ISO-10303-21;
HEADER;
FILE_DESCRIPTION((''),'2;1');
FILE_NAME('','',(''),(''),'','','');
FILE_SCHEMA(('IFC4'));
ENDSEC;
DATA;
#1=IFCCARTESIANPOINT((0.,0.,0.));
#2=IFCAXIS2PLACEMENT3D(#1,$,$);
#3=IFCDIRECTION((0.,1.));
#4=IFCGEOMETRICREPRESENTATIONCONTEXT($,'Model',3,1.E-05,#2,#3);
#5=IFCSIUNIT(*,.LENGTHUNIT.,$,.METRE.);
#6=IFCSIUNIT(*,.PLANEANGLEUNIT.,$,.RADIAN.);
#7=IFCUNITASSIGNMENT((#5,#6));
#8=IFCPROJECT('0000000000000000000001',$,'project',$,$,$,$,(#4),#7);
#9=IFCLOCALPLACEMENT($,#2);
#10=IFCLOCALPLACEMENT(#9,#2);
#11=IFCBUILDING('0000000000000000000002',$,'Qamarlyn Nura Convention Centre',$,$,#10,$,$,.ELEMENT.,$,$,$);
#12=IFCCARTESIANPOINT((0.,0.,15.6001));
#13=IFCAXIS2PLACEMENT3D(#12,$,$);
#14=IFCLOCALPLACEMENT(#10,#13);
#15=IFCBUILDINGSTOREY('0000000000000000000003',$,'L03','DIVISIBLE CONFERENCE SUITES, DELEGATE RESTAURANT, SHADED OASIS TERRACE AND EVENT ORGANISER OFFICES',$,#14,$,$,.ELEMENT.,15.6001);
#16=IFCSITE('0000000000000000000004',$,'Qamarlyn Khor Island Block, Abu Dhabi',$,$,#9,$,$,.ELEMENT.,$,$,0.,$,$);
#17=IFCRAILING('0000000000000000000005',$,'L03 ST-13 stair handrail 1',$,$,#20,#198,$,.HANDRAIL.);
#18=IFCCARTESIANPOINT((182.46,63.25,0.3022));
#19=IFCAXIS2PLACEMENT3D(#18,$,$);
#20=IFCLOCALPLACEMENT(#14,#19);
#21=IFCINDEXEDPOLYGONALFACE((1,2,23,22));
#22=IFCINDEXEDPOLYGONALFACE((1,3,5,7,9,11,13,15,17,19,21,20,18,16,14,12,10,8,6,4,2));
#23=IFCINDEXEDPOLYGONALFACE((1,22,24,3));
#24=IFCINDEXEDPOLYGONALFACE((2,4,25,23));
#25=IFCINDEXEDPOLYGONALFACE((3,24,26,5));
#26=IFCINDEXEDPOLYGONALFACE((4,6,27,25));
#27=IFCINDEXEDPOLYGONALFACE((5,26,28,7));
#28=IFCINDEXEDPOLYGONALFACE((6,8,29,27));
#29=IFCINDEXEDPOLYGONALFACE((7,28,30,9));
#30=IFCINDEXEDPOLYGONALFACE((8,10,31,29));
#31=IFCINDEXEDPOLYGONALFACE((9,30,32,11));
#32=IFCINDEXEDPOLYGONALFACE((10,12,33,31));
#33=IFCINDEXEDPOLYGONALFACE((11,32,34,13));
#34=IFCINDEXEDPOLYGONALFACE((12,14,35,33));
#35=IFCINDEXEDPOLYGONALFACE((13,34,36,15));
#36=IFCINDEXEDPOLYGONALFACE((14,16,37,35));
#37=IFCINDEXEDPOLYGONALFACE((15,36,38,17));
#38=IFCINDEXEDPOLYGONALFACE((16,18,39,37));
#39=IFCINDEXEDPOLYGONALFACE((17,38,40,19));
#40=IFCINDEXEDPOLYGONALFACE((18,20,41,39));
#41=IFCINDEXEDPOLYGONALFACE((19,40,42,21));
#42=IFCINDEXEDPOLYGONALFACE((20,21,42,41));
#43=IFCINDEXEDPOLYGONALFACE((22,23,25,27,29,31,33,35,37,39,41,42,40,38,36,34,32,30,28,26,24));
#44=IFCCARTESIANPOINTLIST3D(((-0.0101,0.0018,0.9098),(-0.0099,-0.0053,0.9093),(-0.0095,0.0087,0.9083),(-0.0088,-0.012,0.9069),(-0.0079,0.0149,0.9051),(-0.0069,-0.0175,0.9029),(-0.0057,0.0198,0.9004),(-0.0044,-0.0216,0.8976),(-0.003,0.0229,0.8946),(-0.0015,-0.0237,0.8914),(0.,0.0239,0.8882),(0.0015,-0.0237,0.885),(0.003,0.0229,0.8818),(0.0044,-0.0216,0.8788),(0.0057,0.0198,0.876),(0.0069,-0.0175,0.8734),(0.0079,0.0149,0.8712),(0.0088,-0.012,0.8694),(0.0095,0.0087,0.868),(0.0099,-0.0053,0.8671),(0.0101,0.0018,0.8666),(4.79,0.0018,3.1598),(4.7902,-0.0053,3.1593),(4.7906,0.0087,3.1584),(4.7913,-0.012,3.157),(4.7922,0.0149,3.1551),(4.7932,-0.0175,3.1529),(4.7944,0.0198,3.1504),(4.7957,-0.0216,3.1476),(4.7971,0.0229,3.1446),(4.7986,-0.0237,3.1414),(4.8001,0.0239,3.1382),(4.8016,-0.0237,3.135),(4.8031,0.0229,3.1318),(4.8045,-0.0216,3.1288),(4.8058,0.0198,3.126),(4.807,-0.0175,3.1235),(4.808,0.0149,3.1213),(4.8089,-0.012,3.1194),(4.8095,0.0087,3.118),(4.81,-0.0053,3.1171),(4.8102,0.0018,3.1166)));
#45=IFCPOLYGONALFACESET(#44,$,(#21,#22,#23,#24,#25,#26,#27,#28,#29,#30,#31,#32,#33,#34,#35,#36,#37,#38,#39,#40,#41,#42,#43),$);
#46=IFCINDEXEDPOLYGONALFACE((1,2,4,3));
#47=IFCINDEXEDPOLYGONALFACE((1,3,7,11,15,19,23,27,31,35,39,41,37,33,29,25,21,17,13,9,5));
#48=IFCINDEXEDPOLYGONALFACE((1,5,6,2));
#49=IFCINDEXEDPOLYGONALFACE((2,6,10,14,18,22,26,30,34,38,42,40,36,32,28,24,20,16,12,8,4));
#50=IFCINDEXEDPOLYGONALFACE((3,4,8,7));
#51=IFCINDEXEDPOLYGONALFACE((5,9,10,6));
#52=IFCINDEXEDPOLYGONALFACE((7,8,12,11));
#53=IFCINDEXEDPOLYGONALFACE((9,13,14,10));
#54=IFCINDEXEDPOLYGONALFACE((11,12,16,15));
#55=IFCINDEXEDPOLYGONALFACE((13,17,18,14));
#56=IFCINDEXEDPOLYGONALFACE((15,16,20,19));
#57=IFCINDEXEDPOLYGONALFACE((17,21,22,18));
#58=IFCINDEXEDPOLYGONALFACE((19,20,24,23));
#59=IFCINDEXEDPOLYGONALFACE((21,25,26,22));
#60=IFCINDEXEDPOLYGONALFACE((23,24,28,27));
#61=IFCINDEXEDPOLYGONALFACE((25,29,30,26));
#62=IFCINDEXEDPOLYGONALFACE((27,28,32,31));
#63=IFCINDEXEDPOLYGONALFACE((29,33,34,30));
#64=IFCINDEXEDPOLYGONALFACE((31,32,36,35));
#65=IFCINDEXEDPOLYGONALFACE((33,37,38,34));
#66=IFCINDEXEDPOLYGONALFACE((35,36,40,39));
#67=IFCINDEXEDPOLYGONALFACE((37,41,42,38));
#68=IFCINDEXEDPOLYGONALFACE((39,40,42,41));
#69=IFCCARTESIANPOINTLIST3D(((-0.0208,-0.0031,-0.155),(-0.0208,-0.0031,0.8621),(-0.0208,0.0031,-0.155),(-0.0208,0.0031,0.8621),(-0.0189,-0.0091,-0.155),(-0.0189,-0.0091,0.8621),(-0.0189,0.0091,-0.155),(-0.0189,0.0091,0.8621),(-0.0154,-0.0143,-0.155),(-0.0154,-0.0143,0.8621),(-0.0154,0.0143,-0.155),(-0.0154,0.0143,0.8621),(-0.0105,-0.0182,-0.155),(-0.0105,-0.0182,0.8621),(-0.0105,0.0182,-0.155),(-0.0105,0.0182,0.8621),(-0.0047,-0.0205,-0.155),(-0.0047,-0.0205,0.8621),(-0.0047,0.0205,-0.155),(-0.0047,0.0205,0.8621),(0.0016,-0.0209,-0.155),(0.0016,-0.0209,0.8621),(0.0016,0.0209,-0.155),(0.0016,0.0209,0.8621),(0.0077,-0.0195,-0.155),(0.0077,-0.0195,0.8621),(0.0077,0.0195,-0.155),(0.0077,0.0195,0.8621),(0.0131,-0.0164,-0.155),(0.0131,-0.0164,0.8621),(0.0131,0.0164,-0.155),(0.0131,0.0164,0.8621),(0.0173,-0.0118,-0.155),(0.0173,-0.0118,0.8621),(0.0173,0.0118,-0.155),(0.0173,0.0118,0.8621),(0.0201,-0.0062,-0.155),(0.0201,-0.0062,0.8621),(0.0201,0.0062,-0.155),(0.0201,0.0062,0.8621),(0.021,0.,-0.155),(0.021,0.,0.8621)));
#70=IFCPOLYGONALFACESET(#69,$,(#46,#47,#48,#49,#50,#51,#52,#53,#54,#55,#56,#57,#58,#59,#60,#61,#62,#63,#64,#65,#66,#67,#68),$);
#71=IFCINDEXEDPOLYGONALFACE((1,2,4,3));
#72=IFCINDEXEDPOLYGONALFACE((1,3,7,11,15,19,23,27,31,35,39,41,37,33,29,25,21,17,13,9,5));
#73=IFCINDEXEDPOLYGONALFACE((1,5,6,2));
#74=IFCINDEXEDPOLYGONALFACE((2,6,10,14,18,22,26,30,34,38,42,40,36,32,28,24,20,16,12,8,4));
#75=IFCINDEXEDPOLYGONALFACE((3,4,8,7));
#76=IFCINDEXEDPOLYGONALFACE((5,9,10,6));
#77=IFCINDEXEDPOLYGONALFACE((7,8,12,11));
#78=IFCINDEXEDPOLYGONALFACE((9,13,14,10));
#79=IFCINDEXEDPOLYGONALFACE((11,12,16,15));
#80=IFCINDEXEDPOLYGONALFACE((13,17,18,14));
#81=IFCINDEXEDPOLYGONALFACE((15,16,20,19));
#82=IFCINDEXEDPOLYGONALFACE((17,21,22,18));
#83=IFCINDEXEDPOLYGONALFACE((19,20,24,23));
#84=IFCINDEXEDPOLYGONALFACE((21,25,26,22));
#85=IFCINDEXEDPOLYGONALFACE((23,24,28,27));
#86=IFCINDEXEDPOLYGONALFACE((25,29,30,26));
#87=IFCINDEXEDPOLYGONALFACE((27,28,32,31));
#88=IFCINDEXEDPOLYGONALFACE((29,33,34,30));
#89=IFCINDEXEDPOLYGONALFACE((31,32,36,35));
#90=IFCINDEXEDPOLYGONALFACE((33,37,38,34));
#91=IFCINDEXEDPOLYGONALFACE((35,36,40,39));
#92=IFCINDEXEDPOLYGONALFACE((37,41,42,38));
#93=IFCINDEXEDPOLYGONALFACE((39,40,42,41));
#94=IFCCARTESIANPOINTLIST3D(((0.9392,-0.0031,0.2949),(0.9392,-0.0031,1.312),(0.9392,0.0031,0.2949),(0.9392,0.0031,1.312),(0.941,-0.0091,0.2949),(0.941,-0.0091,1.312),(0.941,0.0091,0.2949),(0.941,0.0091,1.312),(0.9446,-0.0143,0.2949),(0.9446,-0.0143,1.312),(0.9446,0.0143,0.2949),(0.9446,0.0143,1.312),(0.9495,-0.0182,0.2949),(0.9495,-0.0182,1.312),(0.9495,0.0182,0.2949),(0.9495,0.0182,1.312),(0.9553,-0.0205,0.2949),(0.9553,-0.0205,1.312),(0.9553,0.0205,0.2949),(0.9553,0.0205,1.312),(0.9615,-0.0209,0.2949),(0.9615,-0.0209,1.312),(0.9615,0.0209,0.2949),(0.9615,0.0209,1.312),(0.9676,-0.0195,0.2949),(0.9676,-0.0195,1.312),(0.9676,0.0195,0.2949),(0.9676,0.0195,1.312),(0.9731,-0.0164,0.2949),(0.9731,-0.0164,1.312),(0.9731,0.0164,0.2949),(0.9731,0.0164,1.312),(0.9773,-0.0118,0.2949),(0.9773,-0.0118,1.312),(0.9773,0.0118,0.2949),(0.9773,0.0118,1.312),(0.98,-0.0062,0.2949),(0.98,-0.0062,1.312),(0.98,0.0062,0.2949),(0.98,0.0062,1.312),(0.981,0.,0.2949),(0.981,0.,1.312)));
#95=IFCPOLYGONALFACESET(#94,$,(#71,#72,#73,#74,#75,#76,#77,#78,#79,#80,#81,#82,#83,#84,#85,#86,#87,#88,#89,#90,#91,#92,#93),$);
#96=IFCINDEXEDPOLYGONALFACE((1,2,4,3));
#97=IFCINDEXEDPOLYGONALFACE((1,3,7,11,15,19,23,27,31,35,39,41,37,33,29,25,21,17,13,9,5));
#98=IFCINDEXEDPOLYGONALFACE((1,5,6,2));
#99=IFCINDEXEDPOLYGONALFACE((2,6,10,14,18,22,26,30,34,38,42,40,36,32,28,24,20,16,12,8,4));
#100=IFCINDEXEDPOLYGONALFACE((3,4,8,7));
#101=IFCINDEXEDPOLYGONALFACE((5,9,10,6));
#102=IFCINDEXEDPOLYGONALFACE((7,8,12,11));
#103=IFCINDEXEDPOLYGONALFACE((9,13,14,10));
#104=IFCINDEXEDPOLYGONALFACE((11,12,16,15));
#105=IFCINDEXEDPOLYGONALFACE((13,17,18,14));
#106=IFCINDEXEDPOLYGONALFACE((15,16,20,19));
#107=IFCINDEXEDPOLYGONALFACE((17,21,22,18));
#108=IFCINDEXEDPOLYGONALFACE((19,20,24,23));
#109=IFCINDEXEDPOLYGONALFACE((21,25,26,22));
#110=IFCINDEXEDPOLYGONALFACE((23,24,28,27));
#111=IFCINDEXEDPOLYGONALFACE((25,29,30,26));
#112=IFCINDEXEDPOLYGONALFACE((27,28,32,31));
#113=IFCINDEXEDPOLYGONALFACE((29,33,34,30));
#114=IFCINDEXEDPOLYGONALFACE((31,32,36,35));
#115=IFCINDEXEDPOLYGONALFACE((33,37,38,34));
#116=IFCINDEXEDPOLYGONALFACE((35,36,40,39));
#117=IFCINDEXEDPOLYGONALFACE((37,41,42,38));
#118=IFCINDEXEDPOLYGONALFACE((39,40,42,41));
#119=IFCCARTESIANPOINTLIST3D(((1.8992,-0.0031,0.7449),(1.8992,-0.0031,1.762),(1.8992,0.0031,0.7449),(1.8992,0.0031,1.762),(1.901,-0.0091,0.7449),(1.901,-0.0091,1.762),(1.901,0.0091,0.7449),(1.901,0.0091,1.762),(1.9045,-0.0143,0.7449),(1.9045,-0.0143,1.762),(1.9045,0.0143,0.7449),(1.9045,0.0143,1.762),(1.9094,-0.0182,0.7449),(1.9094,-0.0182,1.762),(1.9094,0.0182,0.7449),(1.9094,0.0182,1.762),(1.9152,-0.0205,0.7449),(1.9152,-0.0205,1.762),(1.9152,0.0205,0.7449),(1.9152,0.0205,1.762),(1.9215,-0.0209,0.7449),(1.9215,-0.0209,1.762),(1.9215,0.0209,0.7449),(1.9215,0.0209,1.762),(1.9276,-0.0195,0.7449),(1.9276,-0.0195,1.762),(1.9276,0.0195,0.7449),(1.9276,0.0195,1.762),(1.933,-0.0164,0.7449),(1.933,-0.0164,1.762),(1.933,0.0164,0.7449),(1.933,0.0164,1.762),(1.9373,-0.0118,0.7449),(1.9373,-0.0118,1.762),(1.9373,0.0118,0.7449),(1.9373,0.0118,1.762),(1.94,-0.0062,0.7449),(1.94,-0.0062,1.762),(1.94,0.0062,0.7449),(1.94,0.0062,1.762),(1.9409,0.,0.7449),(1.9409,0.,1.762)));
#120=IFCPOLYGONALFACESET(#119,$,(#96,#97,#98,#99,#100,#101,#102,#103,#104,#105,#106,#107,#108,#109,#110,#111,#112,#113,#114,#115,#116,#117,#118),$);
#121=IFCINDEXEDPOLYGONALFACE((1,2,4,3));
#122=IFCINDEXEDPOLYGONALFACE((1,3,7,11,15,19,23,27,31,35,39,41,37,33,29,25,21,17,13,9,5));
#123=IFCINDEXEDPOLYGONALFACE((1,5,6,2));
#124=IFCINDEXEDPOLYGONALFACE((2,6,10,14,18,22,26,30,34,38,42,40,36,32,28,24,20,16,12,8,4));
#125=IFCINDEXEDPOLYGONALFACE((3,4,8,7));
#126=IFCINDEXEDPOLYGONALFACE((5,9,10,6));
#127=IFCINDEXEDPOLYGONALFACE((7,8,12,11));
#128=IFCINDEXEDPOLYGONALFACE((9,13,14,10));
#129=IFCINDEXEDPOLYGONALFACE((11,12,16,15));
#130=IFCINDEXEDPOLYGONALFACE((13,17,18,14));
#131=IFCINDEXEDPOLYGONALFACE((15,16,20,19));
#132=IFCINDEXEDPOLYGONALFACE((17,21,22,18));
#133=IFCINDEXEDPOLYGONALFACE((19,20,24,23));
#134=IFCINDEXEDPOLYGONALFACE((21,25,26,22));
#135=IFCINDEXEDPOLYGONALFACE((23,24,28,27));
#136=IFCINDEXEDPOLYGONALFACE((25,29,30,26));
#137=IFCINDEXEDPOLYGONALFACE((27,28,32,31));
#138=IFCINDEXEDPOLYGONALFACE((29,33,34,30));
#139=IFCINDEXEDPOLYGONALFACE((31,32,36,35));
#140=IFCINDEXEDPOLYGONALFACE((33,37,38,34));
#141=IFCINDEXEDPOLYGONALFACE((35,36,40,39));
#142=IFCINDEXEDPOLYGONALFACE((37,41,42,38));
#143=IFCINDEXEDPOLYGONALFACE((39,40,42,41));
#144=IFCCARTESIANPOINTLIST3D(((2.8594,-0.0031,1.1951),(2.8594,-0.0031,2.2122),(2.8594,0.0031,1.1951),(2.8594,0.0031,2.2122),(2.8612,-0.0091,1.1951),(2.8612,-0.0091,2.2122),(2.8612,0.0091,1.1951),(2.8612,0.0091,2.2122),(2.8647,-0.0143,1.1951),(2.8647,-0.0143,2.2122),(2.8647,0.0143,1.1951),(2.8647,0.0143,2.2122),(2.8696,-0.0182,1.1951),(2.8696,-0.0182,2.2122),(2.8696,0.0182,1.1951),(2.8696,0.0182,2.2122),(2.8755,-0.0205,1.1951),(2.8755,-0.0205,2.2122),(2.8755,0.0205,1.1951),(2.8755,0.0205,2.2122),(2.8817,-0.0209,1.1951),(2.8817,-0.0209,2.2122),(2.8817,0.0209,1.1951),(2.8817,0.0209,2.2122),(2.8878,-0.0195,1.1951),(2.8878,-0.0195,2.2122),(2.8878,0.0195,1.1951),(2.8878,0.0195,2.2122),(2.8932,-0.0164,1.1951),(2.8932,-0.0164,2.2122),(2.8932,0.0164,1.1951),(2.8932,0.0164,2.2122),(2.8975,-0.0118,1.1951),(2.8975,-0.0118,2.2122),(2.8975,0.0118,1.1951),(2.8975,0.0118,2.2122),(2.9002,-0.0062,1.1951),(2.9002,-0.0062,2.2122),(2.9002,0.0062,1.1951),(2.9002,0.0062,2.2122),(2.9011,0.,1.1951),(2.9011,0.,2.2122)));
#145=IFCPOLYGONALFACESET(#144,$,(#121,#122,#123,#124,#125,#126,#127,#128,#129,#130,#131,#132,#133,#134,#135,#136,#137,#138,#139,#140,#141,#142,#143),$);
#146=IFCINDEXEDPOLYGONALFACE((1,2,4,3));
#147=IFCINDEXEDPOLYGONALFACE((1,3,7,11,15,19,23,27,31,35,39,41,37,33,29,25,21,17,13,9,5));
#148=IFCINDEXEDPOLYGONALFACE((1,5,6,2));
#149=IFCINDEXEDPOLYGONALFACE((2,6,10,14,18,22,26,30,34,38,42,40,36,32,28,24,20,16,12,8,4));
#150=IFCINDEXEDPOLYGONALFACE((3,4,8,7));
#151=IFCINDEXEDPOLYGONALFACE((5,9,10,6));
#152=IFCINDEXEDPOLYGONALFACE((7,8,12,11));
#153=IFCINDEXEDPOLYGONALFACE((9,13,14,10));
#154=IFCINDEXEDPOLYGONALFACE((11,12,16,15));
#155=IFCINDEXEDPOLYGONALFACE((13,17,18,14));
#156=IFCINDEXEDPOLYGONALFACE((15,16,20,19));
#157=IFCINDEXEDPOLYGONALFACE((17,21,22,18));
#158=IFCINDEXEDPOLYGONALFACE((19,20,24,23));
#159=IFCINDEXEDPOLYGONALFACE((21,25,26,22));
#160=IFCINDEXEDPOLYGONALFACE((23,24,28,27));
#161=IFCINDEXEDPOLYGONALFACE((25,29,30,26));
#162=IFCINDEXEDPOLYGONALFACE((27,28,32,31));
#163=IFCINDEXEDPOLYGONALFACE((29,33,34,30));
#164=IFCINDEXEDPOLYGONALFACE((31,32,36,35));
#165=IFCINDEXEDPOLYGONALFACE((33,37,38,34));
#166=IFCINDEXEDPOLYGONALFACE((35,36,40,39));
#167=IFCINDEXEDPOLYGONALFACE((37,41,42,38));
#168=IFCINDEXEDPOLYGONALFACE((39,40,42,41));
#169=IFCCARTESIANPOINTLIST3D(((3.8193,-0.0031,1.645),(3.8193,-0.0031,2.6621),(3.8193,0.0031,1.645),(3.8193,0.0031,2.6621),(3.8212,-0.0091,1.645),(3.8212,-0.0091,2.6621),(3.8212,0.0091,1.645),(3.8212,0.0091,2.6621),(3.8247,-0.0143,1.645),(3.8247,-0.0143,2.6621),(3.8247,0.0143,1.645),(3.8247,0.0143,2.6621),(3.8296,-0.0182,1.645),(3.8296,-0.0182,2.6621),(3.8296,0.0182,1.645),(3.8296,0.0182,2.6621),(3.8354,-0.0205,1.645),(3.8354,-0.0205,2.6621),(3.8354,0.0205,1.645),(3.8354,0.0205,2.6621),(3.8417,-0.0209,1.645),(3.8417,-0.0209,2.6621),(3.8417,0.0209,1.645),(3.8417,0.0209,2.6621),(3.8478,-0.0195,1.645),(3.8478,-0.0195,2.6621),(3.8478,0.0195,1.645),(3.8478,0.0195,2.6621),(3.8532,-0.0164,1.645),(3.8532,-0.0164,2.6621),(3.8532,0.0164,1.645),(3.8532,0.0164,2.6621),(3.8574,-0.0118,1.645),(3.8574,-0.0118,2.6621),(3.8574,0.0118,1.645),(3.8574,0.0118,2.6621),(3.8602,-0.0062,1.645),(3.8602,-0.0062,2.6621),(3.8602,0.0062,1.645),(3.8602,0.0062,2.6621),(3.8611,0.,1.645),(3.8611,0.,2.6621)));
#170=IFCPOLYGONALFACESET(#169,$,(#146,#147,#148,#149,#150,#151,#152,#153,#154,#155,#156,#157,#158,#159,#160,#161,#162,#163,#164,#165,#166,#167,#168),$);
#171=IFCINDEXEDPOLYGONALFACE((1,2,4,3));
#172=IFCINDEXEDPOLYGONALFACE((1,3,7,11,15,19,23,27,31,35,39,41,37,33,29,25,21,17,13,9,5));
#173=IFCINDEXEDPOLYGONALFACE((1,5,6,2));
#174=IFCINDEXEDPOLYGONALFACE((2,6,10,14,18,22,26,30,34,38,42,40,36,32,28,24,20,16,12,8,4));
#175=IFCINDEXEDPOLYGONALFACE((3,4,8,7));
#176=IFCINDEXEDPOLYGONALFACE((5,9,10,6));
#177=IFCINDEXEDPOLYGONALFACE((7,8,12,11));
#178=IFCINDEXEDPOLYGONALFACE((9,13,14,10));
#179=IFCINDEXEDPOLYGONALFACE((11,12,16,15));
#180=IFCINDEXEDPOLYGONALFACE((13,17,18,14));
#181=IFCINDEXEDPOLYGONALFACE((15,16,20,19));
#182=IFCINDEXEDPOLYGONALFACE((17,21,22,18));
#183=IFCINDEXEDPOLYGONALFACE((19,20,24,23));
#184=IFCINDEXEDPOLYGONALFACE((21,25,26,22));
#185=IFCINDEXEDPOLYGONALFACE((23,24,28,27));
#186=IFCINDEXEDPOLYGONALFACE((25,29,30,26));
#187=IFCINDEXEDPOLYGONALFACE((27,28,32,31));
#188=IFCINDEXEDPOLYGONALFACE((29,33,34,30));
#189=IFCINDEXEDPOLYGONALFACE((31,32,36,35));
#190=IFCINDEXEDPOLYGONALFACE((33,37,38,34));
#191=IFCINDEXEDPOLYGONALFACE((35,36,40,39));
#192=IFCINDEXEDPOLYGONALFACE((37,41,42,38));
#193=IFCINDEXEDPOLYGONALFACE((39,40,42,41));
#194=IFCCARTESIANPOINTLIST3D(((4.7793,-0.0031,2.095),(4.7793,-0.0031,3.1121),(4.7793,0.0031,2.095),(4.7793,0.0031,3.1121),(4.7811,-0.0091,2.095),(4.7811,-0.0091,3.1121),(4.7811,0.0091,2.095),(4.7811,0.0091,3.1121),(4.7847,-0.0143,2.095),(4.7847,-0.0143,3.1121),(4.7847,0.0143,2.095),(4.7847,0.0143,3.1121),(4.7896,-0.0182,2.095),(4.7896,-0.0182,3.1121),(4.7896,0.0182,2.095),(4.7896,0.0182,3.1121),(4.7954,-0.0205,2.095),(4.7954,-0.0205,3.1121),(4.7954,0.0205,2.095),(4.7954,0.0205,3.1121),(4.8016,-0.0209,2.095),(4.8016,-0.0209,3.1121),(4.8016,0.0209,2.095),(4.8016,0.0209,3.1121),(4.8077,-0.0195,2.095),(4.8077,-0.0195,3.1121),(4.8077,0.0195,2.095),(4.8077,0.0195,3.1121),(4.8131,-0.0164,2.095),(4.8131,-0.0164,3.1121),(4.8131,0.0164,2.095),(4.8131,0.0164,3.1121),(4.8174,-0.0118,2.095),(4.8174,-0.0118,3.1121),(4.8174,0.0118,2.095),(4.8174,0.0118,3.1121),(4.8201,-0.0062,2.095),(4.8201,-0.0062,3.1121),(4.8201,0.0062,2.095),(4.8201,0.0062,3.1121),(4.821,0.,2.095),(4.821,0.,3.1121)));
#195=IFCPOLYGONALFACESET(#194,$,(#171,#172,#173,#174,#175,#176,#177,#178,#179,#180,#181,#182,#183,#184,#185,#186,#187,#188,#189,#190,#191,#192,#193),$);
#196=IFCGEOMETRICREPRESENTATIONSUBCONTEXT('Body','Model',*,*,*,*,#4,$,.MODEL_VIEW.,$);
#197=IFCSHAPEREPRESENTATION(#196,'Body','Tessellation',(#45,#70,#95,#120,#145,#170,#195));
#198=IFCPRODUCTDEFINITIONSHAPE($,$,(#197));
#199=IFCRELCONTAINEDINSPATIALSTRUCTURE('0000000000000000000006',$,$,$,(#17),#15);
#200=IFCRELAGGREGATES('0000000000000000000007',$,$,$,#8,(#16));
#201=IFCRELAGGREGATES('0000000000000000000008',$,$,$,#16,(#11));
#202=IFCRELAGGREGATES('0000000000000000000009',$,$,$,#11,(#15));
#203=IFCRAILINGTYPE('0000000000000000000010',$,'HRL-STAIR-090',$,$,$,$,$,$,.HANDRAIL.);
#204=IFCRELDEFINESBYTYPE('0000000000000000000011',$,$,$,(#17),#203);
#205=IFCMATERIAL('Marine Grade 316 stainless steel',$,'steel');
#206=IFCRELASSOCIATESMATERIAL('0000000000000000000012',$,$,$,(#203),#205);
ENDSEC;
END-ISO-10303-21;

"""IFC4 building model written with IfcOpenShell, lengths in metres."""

from ifc_helpers import new_model, si_unit, direction, frame, origin, origin_2d, place, context, subcontext, project, spatial, circle, extrude, material, type_object, element, save


model = new_model("IFC4")

# Units and contexts
model_context = context("Model", 3, precision=1e-05, world=origin(), true_north=direction((0.0, 1.0)))
body_context = subcontext(model_context, "Body", "Model", "MODEL_VIEW")
ifc_project = project(units=[si_unit("LENGTHUNIT", "METRE"), si_unit("PLANEANGLEUNIT", "RADIAN")], contexts=[model_context])

# Site, building, storey
site_placement = place(None, origin())
site = spatial("IfcSite", under=ifc_project, at=site_placement, Name="Qamarlyn Khor Island Block, Abu Dhabi", CompositionType="ELEMENT", RefElevation=0.0)
building_placement = place(site_placement, origin())
building = spatial("IfcBuilding", under=site, at=building_placement, Name="Qamarlyn Nura Convention Centre", CompositionType="ELEMENT")
storey_placement = place(building_placement, frame((0.0, 0.0, 15.6001)))
storey = spatial("IfcBuildingStorey", under=building, at=storey_placement, Name="L03", Description="DIVISIBLE CONFERENCE SUITES, DELEGATE RESTAURANT, SHADED OASIS TERRACE AND EVENT ORGANISER OFFICES", CompositionType="ELEMENT", Elevation=15.6001)

# Shared definitions
ifc_material_1 = material(Name="Marine Grade 316 stainless steel", Category="steel")

# Railing
railing_type_1 = type_object("IfcRailingType", Name="HRL-STAIR-090", PredefinedType="HANDRAIL", material=ifc_material_1)
railing_1_placement = place(storey_placement, frame((182.46, 63.25, 0.3022)))
element("IfcRailing", 1, at=railing_1_placement, inside=storey, type_object=railing_type_1, Name="L03 ST-13 stair handrail 1", PredefinedType="HANDRAIL", context=body_context, shape_type="SweptSolid", body=[
    extrude(circle(Radius=0.0239, at=origin_2d()), frame((0.0, 0.0, 0.8882), z_axis=(0.905461, 0.0, 0.42443), x_axis=(0.0, 1.0, 0.0)), (0.0, 0.0, 1.0), 5.3013),
    extrude(circle(Radius=0.021, at=origin_2d()), frame((0.0, 0.0, -0.155)), (0.0, 0.0, 1.0), 1.0171),
    extrude(circle(Radius=0.021, at=origin_2d()), frame((0.96, 0.0, 0.2949)), (0.0, 0.0, 1.0), 1.0171),
    extrude(circle(Radius=0.021, at=origin_2d()), frame((1.9199, 0.0, 0.7449)), (0.0, 0.0, 1.0), 1.0171),
    extrude(circle(Radius=0.021, at=origin_2d()), frame((2.8801, 0.0, 1.1951)), (0.0, 0.0, 1.0), 1.0171),
    extrude(circle(Radius=0.021, at=origin_2d()), frame((3.8401, 0.0, 1.645)), (0.0, 0.0, 1.0), 1.0171),
    extrude(circle(Radius=0.021, at=origin_2d()), frame((4.8, 0.0, 2.095)), (0.0, 0.0, 1.0), 1.0171),
])

save(model, "model.ifc")
